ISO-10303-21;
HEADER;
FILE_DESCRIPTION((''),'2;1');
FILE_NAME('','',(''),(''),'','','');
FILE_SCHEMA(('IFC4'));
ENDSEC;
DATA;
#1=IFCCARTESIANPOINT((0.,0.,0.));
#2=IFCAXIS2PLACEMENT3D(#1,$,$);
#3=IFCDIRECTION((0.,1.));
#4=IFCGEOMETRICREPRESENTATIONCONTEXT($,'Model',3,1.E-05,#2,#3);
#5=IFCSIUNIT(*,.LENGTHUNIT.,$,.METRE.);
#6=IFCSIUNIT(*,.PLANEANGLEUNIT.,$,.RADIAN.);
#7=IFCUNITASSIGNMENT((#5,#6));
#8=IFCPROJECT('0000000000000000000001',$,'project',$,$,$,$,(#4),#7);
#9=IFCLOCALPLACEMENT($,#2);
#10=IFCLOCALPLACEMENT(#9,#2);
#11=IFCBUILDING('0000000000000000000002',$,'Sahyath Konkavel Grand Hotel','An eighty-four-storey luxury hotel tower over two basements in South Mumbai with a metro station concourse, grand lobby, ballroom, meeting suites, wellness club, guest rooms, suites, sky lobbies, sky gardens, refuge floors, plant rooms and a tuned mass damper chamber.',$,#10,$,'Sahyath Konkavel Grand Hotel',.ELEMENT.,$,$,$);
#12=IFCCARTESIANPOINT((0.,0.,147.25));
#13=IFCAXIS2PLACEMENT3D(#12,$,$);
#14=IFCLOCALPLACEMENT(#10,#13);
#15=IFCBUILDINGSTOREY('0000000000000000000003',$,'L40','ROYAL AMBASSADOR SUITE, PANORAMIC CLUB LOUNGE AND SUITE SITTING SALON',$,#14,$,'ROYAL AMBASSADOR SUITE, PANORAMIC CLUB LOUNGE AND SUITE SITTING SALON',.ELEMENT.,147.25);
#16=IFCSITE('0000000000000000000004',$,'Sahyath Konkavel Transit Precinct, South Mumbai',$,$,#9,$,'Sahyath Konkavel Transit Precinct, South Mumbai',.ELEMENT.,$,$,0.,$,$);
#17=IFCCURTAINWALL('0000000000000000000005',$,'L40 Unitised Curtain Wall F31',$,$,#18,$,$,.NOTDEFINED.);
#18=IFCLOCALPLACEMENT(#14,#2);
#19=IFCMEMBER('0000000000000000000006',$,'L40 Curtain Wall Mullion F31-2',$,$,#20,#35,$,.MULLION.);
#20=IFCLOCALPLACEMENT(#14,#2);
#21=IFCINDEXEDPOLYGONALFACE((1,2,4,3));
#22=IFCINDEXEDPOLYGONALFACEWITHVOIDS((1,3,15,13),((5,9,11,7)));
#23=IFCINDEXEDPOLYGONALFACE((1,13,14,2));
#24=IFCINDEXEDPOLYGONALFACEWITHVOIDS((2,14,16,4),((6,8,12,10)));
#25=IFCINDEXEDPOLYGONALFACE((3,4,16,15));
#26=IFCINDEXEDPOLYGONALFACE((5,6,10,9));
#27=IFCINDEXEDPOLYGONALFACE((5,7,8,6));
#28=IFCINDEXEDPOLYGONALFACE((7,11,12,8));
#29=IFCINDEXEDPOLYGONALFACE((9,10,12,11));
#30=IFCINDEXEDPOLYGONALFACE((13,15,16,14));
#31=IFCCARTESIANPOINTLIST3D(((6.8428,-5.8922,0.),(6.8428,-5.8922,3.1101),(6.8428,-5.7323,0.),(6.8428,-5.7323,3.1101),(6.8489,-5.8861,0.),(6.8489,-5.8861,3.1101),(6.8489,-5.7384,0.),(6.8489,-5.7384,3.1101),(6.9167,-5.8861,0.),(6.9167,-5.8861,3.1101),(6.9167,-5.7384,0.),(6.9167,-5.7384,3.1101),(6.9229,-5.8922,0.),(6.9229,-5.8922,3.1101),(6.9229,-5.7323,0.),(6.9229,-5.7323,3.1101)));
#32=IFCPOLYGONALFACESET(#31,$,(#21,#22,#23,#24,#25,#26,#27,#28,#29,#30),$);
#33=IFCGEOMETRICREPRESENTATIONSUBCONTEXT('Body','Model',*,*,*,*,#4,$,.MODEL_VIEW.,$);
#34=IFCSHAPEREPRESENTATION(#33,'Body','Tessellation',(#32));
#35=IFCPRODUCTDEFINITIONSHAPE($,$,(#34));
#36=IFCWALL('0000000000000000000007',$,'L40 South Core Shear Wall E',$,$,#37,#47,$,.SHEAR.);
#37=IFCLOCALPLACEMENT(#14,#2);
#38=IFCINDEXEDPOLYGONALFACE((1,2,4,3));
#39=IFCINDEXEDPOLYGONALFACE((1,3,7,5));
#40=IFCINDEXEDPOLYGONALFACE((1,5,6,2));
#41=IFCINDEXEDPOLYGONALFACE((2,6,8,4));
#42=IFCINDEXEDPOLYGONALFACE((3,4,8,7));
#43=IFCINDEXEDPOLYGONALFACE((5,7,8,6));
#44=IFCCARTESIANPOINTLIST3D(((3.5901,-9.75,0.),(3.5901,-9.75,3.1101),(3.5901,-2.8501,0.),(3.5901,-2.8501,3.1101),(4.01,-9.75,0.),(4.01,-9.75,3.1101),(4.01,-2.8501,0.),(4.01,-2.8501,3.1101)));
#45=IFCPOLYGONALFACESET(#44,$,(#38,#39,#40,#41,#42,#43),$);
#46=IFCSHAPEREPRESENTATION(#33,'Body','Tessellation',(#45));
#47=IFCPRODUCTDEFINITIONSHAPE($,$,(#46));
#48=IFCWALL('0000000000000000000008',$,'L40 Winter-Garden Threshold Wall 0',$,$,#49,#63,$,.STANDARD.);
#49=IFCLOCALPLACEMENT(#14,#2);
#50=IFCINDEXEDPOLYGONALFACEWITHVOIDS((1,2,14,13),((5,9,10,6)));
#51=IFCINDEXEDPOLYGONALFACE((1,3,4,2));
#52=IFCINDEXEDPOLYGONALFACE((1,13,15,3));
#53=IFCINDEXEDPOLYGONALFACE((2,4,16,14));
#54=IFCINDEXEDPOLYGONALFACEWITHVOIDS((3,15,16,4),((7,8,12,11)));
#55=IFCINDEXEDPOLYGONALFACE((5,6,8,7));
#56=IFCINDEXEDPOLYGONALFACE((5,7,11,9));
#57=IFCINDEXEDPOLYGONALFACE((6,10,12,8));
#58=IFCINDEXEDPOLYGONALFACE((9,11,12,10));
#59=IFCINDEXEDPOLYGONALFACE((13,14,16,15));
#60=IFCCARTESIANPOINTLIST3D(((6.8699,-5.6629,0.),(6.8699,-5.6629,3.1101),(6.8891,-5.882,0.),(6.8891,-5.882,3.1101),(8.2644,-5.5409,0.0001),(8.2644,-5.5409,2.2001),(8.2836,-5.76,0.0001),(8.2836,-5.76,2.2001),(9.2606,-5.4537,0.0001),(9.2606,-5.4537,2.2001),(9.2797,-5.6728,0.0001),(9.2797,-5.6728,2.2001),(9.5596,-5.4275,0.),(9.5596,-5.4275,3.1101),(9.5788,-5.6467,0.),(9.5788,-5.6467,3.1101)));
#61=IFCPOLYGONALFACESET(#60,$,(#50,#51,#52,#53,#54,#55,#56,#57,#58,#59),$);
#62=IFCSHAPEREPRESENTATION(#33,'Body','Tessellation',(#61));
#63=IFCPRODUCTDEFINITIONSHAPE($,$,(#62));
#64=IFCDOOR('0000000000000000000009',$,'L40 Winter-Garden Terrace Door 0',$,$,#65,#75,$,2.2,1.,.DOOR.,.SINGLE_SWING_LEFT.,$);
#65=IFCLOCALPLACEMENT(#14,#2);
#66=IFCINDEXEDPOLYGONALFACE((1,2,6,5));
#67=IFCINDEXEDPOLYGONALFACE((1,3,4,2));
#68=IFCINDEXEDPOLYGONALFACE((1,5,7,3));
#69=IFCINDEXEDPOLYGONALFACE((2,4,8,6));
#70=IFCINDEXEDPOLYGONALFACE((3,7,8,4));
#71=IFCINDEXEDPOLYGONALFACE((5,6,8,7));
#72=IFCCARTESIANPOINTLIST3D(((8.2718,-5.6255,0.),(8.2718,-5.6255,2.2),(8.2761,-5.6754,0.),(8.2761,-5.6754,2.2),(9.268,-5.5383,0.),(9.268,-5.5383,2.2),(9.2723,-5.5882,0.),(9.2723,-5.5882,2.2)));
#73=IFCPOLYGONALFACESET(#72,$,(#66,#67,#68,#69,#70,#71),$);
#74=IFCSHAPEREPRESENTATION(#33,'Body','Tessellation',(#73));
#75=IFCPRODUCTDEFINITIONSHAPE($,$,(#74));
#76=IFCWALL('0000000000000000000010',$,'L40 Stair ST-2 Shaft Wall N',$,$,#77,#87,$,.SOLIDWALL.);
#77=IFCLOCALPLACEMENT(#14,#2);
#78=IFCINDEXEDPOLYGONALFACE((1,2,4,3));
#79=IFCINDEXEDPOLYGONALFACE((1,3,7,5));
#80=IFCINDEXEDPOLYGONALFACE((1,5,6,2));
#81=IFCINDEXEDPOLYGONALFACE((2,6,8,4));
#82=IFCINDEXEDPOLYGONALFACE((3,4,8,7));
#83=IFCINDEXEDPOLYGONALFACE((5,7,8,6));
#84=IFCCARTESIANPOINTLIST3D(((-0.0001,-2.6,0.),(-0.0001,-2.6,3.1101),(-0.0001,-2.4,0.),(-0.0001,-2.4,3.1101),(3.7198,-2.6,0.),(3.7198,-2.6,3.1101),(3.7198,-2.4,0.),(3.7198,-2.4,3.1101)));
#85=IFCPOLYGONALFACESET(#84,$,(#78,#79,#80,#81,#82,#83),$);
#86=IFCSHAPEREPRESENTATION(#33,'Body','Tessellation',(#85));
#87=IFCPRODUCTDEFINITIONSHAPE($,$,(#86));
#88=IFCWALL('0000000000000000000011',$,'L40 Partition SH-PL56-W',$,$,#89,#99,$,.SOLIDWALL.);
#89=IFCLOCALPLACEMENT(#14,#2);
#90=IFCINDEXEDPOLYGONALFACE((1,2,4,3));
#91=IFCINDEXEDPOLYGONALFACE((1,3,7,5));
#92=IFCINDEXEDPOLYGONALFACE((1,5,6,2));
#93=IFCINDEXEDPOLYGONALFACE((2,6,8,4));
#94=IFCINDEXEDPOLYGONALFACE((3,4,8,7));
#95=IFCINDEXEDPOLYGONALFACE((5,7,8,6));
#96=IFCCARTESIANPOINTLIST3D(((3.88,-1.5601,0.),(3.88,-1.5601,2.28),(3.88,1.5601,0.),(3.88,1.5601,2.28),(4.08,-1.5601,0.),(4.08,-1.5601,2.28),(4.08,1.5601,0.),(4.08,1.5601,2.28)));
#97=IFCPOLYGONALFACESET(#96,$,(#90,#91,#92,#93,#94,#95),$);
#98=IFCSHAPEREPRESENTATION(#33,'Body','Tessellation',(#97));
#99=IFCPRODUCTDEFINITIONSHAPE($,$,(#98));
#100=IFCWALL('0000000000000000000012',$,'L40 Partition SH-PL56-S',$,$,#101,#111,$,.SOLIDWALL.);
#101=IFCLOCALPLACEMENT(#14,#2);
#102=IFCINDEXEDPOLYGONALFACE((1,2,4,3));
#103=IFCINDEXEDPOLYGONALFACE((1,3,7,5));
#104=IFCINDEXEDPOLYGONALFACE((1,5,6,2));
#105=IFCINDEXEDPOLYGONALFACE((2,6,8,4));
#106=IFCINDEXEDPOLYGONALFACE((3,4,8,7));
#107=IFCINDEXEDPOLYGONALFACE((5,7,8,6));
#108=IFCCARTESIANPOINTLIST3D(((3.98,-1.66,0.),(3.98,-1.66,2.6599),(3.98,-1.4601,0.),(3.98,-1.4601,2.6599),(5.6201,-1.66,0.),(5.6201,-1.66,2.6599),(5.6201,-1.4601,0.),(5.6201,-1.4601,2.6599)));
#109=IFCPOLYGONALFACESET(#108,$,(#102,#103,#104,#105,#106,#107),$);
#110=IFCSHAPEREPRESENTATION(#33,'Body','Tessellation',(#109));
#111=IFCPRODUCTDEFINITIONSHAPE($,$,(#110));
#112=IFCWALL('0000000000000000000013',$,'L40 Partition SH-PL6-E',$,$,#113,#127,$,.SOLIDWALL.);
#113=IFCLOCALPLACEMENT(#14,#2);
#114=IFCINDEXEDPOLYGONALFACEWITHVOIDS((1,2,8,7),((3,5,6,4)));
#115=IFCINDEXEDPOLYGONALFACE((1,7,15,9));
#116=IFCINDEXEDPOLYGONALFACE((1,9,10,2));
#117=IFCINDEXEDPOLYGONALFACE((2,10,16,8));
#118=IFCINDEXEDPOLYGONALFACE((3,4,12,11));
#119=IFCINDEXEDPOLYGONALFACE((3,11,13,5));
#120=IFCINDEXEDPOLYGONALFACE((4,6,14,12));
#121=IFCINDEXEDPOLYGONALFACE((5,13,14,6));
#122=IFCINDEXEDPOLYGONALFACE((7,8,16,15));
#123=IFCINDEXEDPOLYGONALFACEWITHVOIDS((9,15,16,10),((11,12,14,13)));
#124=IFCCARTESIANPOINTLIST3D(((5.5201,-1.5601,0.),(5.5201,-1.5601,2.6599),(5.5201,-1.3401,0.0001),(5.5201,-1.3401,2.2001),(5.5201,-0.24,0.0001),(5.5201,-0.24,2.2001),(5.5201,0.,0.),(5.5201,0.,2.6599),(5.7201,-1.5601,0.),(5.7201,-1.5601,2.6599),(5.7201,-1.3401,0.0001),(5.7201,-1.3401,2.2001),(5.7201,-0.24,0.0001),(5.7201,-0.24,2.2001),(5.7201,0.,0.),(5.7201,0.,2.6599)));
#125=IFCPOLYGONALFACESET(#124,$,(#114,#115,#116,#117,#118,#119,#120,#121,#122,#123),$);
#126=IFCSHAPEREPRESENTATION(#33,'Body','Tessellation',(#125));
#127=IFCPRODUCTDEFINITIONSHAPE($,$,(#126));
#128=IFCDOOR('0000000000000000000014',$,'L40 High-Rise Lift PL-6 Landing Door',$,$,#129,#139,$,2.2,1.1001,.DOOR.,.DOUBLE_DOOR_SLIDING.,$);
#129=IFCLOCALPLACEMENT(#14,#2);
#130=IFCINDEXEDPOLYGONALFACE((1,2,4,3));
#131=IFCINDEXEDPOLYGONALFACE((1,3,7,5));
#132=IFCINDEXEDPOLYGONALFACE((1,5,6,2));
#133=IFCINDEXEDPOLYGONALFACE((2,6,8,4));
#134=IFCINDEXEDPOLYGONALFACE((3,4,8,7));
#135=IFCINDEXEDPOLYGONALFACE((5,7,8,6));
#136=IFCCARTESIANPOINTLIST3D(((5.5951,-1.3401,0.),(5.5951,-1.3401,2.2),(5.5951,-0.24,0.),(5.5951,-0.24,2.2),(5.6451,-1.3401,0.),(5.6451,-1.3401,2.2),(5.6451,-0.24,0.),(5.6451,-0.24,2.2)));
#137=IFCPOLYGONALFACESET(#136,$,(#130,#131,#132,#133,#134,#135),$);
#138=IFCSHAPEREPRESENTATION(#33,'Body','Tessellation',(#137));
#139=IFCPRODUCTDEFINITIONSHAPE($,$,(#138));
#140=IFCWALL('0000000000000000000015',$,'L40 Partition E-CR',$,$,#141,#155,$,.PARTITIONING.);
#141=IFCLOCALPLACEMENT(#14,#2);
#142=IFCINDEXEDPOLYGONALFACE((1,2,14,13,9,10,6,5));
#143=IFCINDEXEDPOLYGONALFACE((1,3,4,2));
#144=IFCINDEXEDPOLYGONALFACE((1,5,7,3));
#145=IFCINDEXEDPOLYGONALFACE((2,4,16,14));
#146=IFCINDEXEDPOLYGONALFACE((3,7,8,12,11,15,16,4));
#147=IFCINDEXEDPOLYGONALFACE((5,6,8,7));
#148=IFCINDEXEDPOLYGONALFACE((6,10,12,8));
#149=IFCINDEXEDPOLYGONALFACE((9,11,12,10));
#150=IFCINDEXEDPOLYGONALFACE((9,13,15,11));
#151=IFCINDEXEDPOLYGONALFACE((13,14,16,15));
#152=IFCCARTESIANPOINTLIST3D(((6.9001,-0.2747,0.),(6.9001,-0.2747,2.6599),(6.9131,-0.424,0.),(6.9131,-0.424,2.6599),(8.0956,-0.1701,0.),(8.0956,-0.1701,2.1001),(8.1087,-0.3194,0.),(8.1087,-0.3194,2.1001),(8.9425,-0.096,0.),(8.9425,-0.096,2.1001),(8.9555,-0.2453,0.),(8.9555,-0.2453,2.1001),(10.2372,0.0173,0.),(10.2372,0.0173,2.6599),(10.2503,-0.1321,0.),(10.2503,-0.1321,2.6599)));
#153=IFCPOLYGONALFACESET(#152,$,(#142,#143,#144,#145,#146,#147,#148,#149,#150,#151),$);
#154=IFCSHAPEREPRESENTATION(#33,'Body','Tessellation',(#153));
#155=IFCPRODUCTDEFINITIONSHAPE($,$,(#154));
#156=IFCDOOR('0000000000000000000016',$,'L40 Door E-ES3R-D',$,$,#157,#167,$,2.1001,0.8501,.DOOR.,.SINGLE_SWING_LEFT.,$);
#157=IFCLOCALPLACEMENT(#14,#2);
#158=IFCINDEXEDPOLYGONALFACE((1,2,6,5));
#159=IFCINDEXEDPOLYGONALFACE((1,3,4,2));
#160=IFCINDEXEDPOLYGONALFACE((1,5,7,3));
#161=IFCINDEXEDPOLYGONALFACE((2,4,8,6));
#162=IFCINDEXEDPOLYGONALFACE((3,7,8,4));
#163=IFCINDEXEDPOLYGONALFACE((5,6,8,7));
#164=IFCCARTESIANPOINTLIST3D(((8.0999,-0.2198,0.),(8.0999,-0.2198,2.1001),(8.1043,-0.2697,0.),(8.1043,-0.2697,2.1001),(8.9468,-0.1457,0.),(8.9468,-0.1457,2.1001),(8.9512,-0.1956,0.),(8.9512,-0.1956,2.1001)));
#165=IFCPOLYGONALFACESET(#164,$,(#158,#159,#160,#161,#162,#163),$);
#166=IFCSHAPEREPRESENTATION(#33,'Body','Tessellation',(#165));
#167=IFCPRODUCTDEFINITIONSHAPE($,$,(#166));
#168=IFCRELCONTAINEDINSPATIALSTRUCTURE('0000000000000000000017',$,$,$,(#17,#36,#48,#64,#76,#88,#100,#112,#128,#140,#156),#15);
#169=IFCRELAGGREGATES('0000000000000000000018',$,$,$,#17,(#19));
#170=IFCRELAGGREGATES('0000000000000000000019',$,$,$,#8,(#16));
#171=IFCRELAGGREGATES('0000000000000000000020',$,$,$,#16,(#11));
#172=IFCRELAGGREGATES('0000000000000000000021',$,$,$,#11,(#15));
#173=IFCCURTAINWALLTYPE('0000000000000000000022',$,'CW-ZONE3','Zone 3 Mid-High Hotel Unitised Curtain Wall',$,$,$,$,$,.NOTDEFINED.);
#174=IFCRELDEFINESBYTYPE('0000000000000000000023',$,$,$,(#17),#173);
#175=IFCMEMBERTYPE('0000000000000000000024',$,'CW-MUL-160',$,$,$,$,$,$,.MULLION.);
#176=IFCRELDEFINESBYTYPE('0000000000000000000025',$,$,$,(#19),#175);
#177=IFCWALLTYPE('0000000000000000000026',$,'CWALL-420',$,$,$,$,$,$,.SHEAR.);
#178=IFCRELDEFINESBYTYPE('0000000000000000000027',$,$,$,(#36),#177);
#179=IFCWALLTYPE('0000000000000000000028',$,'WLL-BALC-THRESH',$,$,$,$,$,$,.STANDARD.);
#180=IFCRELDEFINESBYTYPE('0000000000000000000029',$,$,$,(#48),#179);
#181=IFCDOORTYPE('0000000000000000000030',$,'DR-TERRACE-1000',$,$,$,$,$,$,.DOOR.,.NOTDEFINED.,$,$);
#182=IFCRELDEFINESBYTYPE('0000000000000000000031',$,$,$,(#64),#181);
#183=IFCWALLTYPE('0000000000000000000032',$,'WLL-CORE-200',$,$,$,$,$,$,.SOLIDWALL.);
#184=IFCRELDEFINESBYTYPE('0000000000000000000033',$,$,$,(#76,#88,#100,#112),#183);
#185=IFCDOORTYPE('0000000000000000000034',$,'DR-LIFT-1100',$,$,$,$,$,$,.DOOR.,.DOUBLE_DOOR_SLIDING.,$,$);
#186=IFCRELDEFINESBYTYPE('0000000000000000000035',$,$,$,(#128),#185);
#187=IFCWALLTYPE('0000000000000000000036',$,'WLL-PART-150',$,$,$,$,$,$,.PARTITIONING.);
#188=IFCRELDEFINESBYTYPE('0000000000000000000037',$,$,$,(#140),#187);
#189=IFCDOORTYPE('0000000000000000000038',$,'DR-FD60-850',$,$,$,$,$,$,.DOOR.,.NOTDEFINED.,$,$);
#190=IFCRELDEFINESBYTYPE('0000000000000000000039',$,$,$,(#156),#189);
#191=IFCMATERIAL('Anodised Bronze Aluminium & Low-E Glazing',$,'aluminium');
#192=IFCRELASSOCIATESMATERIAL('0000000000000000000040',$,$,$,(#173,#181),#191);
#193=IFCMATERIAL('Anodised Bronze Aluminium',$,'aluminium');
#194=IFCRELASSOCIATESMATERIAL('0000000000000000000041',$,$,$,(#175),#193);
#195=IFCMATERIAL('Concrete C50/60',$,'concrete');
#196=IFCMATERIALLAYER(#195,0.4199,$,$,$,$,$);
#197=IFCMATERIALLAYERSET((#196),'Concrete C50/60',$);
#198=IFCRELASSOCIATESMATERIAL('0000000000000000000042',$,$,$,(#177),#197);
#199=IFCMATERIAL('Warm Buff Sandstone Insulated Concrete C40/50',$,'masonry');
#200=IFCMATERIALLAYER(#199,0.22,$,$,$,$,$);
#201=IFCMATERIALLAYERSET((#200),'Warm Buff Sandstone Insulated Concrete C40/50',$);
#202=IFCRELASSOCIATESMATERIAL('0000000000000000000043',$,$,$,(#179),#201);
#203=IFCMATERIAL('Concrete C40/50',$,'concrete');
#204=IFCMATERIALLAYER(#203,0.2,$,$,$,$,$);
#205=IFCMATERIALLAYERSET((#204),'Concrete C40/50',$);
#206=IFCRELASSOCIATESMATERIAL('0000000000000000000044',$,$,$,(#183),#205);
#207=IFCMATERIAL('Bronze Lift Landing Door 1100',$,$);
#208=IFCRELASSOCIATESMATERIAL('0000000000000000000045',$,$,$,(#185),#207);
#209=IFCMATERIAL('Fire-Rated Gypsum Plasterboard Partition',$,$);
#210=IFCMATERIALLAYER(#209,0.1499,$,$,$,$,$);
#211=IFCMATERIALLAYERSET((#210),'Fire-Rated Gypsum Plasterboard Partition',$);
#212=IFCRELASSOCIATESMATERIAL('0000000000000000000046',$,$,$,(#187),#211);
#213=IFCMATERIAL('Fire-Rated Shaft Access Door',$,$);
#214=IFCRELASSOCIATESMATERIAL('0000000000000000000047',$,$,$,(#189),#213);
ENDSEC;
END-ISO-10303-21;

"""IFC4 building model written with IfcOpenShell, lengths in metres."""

from ifc_helpers import new_model, si_unit, direction, frame, frame_2d, origin, origin_2d, place, context, subcontext, project, spatial, rectangle, hollow_rectangle, extrude, source, transform, mapped, material, layer, layer_set, material_profile, profile_set, type_object, element, fill, aggregate, save


model = new_model("IFC4")

# Units and contexts
model_context = context("Model", 3, precision=1e-05, world=origin(), true_north=direction((0.0, 1.0)))
body_context = subcontext(model_context, "Body", "Model", "MODEL_VIEW")
ifc_project = project(units=[si_unit("LENGTHUNIT", "METRE"), si_unit("PLANEANGLEUNIT", "RADIAN")], contexts=[model_context])

# Site, building, storey
site_placement = place(None, origin())
site = spatial("IfcSite", under=ifc_project, at=site_placement, Name="Sahyath Konkavel Transit Precinct, South Mumbai", LongName="Sahyath Konkavel Transit Precinct, South Mumbai", CompositionType="ELEMENT", RefElevation=0.0)
building_placement = place(site_placement, origin())
building = spatial("IfcBuilding", under=site, at=building_placement, Name="Sahyath Konkavel Grand Hotel", Description="An eighty-four-storey luxury hotel tower over two basements in South Mumbai with a metro station concourse, grand lobby, ballroom, meeting suites, wellness club, guest rooms, suites, sky lobbies, sky gardens, refuge floors, plant rooms and a tuned mass damper chamber.", LongName="Sahyath Konkavel Grand Hotel", CompositionType="ELEMENT")
storey_placement = place(building_placement, frame((0.0, 0.0, 147.25)))
storey = spatial("IfcBuildingStorey", under=building, at=storey_placement, Name="L40", Description="ROYAL AMBASSADOR SUITE, PANORAMIC CLUB LOUNGE AND SUITE SITTING SALON", LongName="ROYAL AMBASSADOR SUITE, PANORAMIC CLUB LOUNGE AND SUITE SITTING SALON", CompositionType="ELEMENT", Elevation=147.25)

# Shared definitions
ifc_material_1 = material(Name="Concrete C50/60", Category="concrete")

# Curtain wall, member
ifc_material_2 = material(Name="Anodised Bronze Aluminium & Low-E Glazing", Category="aluminium")
curtain_wall_type = type_object("IfcCurtainWallType", Name="CW-ZONE3", Description="Zone 3 Mid-High Hotel Unitised Curtain Wall", PredefinedType="NOTDEFINED", material=ifc_material_2)
curtain_wall_placement = place(storey_placement, origin())
curtain_wall = element("IfcCurtainWall", 1, at=curtain_wall_placement, inside=storey, type_object=curtain_wall_type, Name="L40 Unitised Curtain Wall F31", PredefinedType="NOTDEFINED")
ifc_material_3 = material(Name="Anodised Bronze Aluminium", Category="aluminium")
ifc_material_profile_1 = material_profile(ifc_material_3, hollow_rectangle(XDim=0.0801, YDim=0.1599, WallThickness=0.0061, at=origin_2d()), Name="RHS 160x80x6")
ifc_profile_set_1 = profile_set([ifc_material_profile_1], Name="Anodised Bronze Aluminium")
member_type = type_object("IfcMemberType", Name="CW-MUL-160", PredefinedType="MULLION", material=ifc_profile_set_1)
shared_shape_1 = source(origin(), body_context, "Body", "SweptSolid", [
    extrude(hollow_rectangle(XDim=0.0801, YDim=0.1599, WallThickness=0.0061, at=origin_2d()), origin(), (0.0, 0.0, 1.0), 3.1101),
])
member_placement = place(storey_placement, frame((6.8828, -5.8123, 0.0), z_axis=(0.0, 0.0, 1.0), x_axis=(1.0, 0.0, 0.0)))
member = element("IfcMember", 2, at=member_placement, type_object=member_type, Name="L40 Curtain Wall Mullion F31-2", PredefinedType="MULLION", context=body_context, shape_type="MappedRepresentation", body=[
    mapped(shared_shape_1, transform((0.0, 0.0, 0.0), scale=1.0)),
])
aggregate(curtain_wall, [member])

# Wall
ifc_layer_1 = layer(ifc_material_1, 0.4199)
ifc_layer_set_1 = layer_set([ifc_layer_1], Name="Concrete C50/60")
wall_type_1 = type_object("IfcWallType", Name="CWALL-420", PredefinedType="SHEAR", material=ifc_layer_set_1)
wall_1_placement = place(storey_placement, frame((3.8, -9.75, 0.0), z_axis=(0.0, 0.0, 1.0), x_axis=(0.0, 1.0, 0.0)))
element("IfcWall", 3, at=wall_1_placement, inside=storey, type_object=wall_type_1, Name="L40 South Core Shear Wall E", PredefinedType="SHEAR", context=body_context, shape_type="SweptSolid", body=[
    extrude(rectangle(XDim=6.8999, YDim=0.4199, at=frame_2d((3.45, 0.0))), origin(), (0.0, 0.0, 1.0), 3.1101),
])

# Wall, opening, door
ifc_material_4 = material(Name="Warm Buff Sandstone Insulated Concrete C40/50", Category="masonry")
ifc_layer_2 = layer(ifc_material_4, 0.22)
ifc_layer_set_2 = layer_set([ifc_layer_2], Name="Warm Buff Sandstone Insulated Concrete C40/50")
wall_type_2 = type_object("IfcWallType", Name="WLL-BALC-THRESH", PredefinedType="STANDARD", material=ifc_layer_set_2)
wall_2_placement = place(storey_placement, frame((6.8794, -5.7725, 0.0), z_axis=(0.0, 0.0, 1.0), x_axis=(0.996194, 0.087168, 0.0)))
wall_2 = element("IfcWall", 4, at=wall_2_placement, inside=storey, type_object=wall_type_2, Name="L40 Winter-Garden Threshold Wall 0", PredefinedType="STANDARD", context=body_context, shape_type="SweptSolid", body=[
    extrude(rectangle(XDim=2.7, YDim=0.22, at=frame_2d((1.3501, 0.0))), origin(), (0.0, 0.0, 1.0), 3.1101),
])
opening_1_placement = place(wall_2_placement, frame((1.3999, 0.0, 0.0)))
opening_1 = element("IfcOpeningElement", 5, at=opening_1_placement, cuts=wall_2, PredefinedType="OPENING", context=body_context, shape_type="SweptSolid", body=[
    extrude(rectangle(XDim=1.0, YDim=2.2, at=frame_2d((0.5, 1.1001))), frame((0.0, 0.1201, 0.0), z_axis=(0.0, -1.0, 0.0), x_axis=(1.0, 0.0, 0.0)), (0.0, 0.0, 1.0), 0.24),
])
door_type_1 = type_object("IfcDoorType", Name="DR-TERRACE-1000", OperationType="NOTDEFINED", PredefinedType="DOOR", material=ifc_material_2)
shared_shape_2 = source(origin(), body_context, "Body", "SweptSolid", [
    extrude(rectangle(XDim=1.0, YDim=0.05, at=origin_2d()), origin(), (0.0, 0.0, 1.0), 2.2),
])
door_1_placement = place(opening_1_placement, frame((0.5, 0.0, 0.0)))
door_1 = element("IfcDoor", 6, at=door_1_placement, inside=storey, type_object=door_type_1, Name="L40 Winter-Garden Terrace Door 0", OperationType="SINGLE_SWING_LEFT", OverallHeight=2.2, OverallWidth=1.0, PredefinedType="DOOR", context=body_context, shape_type="MappedRepresentation", body=[
    mapped(shared_shape_2, transform((0.0, 0.0, 0.0), scale=1.0)),
])
fill(opening_1, door_1)

# Walls
ifc_material_5 = material(Name="Concrete C40/50", Category="concrete")
ifc_layer_3 = layer(ifc_material_5, 0.2)
ifc_layer_set_3 = layer_set([ifc_layer_3], Name="Concrete C40/50")
wall_type_3 = type_object("IfcWallType", Name="WLL-CORE-200", PredefinedType="SOLIDWALL", material=ifc_layer_set_3)
wall_3_placement = place(storey_placement, frame((0.0, -2.5, 0.0), z_axis=(0.0, 0.0, 1.0), x_axis=(1.0, 0.0, 0.0)))
element("IfcWall", 7, at=wall_3_placement, inside=storey, type_object=wall_type_3, Name="L40 Stair ST-2 Shaft Wall N", PredefinedType="SOLIDWALL", context=body_context, shape_type="SweptSolid", body=[
    extrude(rectangle(XDim=3.72, YDim=0.2, at=frame_2d((1.8599, 0.0))), origin(), (0.0, 0.0, 1.0), 3.1101),
])
wall_4_placement = place(storey_placement, frame((3.98, -1.5601, 0.0), z_axis=(0.0, 0.0, 1.0), x_axis=(0.0, 1.0, 0.0)))
element("IfcWall", 8, at=wall_4_placement, inside=storey, type_object=wall_type_3, Name="L40 Partition SH-PL56-W", PredefinedType="SOLIDWALL", context=body_context, shape_type="SweptSolid", body=[
    extrude(rectangle(XDim=3.1201, YDim=0.2, at=frame_2d((1.5601, 0.0))), origin(), (0.0, 0.0, 1.0), 2.28),
])
wall_5_placement = place(storey_placement, frame((3.98, -1.5601, 0.0), z_axis=(0.0, 0.0, 1.0), x_axis=(1.0, 0.0, 0.0)))
element("IfcWall", 9, at=wall_5_placement, inside=storey, type_object=wall_type_3, Name="L40 Partition SH-PL56-S", PredefinedType="SOLIDWALL", context=body_context, shape_type="SweptSolid", body=[
    extrude(rectangle(XDim=1.6401, YDim=0.2, at=frame_2d((0.8201, 0.0))), origin(), (0.0, 0.0, 1.0), 2.6599),
])

# Walls, openings, doors
wall_6_placement = place(storey_placement, frame((5.6201, -1.5601, 0.0), z_axis=(0.0, 0.0, 1.0), x_axis=(0.0, 1.0, 0.0)))
wall_6 = element("IfcWall", 10, at=wall_6_placement, inside=storey, type_object=wall_type_3, Name="L40 Partition SH-PL6-E", PredefinedType="SOLIDWALL", context=body_context, shape_type="SweptSolid", body=[
    extrude(rectangle(XDim=1.5601, YDim=0.2, at=frame_2d((0.78, 0.0))), origin(), (0.0, 0.0, 1.0), 2.6599),
])
opening_2_placement = place(wall_6_placement, frame((0.22, 0.0, 0.0)))
opening_2 = element("IfcOpeningElement", 11, at=opening_2_placement, cuts=wall_6, PredefinedType="OPENING", context=body_context, shape_type="SweptSolid", body=[
    extrude(rectangle(XDim=1.1001, YDim=2.2, at=frame_2d((0.55, 1.1001))), frame((0.0, 0.1099, 0.0), z_axis=(0.0, -1.0, 0.0), x_axis=(1.0, 0.0, 0.0)), (0.0, 0.0, 1.0), 0.22),
])
ifc_material_6 = material(Name="Bronze Lift Landing Door 1100")
door_type_2 = type_object("IfcDoorType", Name="DR-LIFT-1100", OperationType="DOUBLE_DOOR_SLIDING", PredefinedType="DOOR", material=ifc_material_6)
shared_shape_3 = source(origin(), body_context, "Body", "SweptSolid", [
    extrude(rectangle(XDim=1.1001, YDim=0.05, at=origin_2d()), origin(), (0.0, 0.0, 1.0), 2.2),
])
door_2_placement = place(opening_2_placement, frame((0.55, 0.0, 0.0)))
door_2 = element("IfcDoor", 12, at=door_2_placement, inside=storey, type_object=door_type_2, Name="L40 High-Rise Lift PL-6 Landing Door", OperationType="DOUBLE_DOOR_SLIDING", OverallHeight=2.2, OverallWidth=1.1001, PredefinedType="DOOR", context=body_context, shape_type="MappedRepresentation", body=[
    mapped(shared_shape_3, transform((0.0, 0.0, 0.0), scale=1.0)),
])
fill(opening_2, door_2)
ifc_material_7 = material(Name="Fire-Rated Gypsum Plasterboard Partition")
ifc_layer_4 = layer(ifc_material_7, 0.1499)
ifc_layer_set_4 = layer_set([ifc_layer_4], Name="Fire-Rated Gypsum Plasterboard Partition")
wall_type_4 = type_object("IfcWallType", Name="WLL-PART-150", PredefinedType="PARTITIONING", material=ifc_layer_set_4)
wall_7_placement = place(storey_placement, frame((6.9067, -0.3494, 0.0), z_axis=(0.0, 0.0, 1.0), x_axis=(0.996194, 0.087164, 0.0)))
wall_7 = element("IfcWall", 13, at=wall_7_placement, inside=storey, type_object=wall_type_4, Name="L40 Partition E-CR", PredefinedType="PARTITIONING", context=body_context, shape_type="SweptSolid", body=[
    extrude(rectangle(XDim=3.3499, YDim=0.1499, at=frame_2d((1.6748, 0.0))), origin(), (0.0, 0.0, 1.0), 2.6599),
])
opening_3_placement = place(wall_7_placement, frame((1.2, 0.0, 0.0)))
opening_3 = element("IfcOpeningElement", 14, at=opening_3_placement, cuts=wall_7, PredefinedType="OPENING", context=body_context, shape_type="SweptSolid", body=[
    extrude(rectangle(XDim=0.8501, YDim=2.1001, at=frame_2d((0.425, 1.05))), frame((0.0, 0.085, 0.0), z_axis=(0.0, -1.0, 0.0), x_axis=(1.0, 0.0, 0.0)), (0.0, 0.0, 1.0), 0.1699),
])
ifc_material_8 = material(Name="Fire-Rated Shaft Access Door")
door_type_3 = type_object("IfcDoorType", Name="DR-FD60-850", OperationType="NOTDEFINED", PredefinedType="DOOR", material=ifc_material_8)
shared_shape_4 = source(origin(), body_context, "Body", "SweptSolid", [
    extrude(rectangle(XDim=0.8501, YDim=0.05, at=origin_2d()), origin(), (0.0, 0.0, 1.0), 2.1001),
])
door_3_placement = place(opening_3_placement, frame((0.425, 0.0, 0.0)))
door_3 = element("IfcDoor", 15, at=door_3_placement, inside=storey, type_object=door_type_3, Name="L40 Door E-ES3R-D", OperationType="SINGLE_SWING_LEFT", OverallHeight=2.1001, OverallWidth=0.8501, PredefinedType="DOOR", context=body_context, shape_type="MappedRepresentation", body=[
    mapped(shared_shape_4, transform((0.0, 0.0, 0.0), scale=1.0)),
])
fill(opening_3, door_3)

save(model, "model.ifc")
